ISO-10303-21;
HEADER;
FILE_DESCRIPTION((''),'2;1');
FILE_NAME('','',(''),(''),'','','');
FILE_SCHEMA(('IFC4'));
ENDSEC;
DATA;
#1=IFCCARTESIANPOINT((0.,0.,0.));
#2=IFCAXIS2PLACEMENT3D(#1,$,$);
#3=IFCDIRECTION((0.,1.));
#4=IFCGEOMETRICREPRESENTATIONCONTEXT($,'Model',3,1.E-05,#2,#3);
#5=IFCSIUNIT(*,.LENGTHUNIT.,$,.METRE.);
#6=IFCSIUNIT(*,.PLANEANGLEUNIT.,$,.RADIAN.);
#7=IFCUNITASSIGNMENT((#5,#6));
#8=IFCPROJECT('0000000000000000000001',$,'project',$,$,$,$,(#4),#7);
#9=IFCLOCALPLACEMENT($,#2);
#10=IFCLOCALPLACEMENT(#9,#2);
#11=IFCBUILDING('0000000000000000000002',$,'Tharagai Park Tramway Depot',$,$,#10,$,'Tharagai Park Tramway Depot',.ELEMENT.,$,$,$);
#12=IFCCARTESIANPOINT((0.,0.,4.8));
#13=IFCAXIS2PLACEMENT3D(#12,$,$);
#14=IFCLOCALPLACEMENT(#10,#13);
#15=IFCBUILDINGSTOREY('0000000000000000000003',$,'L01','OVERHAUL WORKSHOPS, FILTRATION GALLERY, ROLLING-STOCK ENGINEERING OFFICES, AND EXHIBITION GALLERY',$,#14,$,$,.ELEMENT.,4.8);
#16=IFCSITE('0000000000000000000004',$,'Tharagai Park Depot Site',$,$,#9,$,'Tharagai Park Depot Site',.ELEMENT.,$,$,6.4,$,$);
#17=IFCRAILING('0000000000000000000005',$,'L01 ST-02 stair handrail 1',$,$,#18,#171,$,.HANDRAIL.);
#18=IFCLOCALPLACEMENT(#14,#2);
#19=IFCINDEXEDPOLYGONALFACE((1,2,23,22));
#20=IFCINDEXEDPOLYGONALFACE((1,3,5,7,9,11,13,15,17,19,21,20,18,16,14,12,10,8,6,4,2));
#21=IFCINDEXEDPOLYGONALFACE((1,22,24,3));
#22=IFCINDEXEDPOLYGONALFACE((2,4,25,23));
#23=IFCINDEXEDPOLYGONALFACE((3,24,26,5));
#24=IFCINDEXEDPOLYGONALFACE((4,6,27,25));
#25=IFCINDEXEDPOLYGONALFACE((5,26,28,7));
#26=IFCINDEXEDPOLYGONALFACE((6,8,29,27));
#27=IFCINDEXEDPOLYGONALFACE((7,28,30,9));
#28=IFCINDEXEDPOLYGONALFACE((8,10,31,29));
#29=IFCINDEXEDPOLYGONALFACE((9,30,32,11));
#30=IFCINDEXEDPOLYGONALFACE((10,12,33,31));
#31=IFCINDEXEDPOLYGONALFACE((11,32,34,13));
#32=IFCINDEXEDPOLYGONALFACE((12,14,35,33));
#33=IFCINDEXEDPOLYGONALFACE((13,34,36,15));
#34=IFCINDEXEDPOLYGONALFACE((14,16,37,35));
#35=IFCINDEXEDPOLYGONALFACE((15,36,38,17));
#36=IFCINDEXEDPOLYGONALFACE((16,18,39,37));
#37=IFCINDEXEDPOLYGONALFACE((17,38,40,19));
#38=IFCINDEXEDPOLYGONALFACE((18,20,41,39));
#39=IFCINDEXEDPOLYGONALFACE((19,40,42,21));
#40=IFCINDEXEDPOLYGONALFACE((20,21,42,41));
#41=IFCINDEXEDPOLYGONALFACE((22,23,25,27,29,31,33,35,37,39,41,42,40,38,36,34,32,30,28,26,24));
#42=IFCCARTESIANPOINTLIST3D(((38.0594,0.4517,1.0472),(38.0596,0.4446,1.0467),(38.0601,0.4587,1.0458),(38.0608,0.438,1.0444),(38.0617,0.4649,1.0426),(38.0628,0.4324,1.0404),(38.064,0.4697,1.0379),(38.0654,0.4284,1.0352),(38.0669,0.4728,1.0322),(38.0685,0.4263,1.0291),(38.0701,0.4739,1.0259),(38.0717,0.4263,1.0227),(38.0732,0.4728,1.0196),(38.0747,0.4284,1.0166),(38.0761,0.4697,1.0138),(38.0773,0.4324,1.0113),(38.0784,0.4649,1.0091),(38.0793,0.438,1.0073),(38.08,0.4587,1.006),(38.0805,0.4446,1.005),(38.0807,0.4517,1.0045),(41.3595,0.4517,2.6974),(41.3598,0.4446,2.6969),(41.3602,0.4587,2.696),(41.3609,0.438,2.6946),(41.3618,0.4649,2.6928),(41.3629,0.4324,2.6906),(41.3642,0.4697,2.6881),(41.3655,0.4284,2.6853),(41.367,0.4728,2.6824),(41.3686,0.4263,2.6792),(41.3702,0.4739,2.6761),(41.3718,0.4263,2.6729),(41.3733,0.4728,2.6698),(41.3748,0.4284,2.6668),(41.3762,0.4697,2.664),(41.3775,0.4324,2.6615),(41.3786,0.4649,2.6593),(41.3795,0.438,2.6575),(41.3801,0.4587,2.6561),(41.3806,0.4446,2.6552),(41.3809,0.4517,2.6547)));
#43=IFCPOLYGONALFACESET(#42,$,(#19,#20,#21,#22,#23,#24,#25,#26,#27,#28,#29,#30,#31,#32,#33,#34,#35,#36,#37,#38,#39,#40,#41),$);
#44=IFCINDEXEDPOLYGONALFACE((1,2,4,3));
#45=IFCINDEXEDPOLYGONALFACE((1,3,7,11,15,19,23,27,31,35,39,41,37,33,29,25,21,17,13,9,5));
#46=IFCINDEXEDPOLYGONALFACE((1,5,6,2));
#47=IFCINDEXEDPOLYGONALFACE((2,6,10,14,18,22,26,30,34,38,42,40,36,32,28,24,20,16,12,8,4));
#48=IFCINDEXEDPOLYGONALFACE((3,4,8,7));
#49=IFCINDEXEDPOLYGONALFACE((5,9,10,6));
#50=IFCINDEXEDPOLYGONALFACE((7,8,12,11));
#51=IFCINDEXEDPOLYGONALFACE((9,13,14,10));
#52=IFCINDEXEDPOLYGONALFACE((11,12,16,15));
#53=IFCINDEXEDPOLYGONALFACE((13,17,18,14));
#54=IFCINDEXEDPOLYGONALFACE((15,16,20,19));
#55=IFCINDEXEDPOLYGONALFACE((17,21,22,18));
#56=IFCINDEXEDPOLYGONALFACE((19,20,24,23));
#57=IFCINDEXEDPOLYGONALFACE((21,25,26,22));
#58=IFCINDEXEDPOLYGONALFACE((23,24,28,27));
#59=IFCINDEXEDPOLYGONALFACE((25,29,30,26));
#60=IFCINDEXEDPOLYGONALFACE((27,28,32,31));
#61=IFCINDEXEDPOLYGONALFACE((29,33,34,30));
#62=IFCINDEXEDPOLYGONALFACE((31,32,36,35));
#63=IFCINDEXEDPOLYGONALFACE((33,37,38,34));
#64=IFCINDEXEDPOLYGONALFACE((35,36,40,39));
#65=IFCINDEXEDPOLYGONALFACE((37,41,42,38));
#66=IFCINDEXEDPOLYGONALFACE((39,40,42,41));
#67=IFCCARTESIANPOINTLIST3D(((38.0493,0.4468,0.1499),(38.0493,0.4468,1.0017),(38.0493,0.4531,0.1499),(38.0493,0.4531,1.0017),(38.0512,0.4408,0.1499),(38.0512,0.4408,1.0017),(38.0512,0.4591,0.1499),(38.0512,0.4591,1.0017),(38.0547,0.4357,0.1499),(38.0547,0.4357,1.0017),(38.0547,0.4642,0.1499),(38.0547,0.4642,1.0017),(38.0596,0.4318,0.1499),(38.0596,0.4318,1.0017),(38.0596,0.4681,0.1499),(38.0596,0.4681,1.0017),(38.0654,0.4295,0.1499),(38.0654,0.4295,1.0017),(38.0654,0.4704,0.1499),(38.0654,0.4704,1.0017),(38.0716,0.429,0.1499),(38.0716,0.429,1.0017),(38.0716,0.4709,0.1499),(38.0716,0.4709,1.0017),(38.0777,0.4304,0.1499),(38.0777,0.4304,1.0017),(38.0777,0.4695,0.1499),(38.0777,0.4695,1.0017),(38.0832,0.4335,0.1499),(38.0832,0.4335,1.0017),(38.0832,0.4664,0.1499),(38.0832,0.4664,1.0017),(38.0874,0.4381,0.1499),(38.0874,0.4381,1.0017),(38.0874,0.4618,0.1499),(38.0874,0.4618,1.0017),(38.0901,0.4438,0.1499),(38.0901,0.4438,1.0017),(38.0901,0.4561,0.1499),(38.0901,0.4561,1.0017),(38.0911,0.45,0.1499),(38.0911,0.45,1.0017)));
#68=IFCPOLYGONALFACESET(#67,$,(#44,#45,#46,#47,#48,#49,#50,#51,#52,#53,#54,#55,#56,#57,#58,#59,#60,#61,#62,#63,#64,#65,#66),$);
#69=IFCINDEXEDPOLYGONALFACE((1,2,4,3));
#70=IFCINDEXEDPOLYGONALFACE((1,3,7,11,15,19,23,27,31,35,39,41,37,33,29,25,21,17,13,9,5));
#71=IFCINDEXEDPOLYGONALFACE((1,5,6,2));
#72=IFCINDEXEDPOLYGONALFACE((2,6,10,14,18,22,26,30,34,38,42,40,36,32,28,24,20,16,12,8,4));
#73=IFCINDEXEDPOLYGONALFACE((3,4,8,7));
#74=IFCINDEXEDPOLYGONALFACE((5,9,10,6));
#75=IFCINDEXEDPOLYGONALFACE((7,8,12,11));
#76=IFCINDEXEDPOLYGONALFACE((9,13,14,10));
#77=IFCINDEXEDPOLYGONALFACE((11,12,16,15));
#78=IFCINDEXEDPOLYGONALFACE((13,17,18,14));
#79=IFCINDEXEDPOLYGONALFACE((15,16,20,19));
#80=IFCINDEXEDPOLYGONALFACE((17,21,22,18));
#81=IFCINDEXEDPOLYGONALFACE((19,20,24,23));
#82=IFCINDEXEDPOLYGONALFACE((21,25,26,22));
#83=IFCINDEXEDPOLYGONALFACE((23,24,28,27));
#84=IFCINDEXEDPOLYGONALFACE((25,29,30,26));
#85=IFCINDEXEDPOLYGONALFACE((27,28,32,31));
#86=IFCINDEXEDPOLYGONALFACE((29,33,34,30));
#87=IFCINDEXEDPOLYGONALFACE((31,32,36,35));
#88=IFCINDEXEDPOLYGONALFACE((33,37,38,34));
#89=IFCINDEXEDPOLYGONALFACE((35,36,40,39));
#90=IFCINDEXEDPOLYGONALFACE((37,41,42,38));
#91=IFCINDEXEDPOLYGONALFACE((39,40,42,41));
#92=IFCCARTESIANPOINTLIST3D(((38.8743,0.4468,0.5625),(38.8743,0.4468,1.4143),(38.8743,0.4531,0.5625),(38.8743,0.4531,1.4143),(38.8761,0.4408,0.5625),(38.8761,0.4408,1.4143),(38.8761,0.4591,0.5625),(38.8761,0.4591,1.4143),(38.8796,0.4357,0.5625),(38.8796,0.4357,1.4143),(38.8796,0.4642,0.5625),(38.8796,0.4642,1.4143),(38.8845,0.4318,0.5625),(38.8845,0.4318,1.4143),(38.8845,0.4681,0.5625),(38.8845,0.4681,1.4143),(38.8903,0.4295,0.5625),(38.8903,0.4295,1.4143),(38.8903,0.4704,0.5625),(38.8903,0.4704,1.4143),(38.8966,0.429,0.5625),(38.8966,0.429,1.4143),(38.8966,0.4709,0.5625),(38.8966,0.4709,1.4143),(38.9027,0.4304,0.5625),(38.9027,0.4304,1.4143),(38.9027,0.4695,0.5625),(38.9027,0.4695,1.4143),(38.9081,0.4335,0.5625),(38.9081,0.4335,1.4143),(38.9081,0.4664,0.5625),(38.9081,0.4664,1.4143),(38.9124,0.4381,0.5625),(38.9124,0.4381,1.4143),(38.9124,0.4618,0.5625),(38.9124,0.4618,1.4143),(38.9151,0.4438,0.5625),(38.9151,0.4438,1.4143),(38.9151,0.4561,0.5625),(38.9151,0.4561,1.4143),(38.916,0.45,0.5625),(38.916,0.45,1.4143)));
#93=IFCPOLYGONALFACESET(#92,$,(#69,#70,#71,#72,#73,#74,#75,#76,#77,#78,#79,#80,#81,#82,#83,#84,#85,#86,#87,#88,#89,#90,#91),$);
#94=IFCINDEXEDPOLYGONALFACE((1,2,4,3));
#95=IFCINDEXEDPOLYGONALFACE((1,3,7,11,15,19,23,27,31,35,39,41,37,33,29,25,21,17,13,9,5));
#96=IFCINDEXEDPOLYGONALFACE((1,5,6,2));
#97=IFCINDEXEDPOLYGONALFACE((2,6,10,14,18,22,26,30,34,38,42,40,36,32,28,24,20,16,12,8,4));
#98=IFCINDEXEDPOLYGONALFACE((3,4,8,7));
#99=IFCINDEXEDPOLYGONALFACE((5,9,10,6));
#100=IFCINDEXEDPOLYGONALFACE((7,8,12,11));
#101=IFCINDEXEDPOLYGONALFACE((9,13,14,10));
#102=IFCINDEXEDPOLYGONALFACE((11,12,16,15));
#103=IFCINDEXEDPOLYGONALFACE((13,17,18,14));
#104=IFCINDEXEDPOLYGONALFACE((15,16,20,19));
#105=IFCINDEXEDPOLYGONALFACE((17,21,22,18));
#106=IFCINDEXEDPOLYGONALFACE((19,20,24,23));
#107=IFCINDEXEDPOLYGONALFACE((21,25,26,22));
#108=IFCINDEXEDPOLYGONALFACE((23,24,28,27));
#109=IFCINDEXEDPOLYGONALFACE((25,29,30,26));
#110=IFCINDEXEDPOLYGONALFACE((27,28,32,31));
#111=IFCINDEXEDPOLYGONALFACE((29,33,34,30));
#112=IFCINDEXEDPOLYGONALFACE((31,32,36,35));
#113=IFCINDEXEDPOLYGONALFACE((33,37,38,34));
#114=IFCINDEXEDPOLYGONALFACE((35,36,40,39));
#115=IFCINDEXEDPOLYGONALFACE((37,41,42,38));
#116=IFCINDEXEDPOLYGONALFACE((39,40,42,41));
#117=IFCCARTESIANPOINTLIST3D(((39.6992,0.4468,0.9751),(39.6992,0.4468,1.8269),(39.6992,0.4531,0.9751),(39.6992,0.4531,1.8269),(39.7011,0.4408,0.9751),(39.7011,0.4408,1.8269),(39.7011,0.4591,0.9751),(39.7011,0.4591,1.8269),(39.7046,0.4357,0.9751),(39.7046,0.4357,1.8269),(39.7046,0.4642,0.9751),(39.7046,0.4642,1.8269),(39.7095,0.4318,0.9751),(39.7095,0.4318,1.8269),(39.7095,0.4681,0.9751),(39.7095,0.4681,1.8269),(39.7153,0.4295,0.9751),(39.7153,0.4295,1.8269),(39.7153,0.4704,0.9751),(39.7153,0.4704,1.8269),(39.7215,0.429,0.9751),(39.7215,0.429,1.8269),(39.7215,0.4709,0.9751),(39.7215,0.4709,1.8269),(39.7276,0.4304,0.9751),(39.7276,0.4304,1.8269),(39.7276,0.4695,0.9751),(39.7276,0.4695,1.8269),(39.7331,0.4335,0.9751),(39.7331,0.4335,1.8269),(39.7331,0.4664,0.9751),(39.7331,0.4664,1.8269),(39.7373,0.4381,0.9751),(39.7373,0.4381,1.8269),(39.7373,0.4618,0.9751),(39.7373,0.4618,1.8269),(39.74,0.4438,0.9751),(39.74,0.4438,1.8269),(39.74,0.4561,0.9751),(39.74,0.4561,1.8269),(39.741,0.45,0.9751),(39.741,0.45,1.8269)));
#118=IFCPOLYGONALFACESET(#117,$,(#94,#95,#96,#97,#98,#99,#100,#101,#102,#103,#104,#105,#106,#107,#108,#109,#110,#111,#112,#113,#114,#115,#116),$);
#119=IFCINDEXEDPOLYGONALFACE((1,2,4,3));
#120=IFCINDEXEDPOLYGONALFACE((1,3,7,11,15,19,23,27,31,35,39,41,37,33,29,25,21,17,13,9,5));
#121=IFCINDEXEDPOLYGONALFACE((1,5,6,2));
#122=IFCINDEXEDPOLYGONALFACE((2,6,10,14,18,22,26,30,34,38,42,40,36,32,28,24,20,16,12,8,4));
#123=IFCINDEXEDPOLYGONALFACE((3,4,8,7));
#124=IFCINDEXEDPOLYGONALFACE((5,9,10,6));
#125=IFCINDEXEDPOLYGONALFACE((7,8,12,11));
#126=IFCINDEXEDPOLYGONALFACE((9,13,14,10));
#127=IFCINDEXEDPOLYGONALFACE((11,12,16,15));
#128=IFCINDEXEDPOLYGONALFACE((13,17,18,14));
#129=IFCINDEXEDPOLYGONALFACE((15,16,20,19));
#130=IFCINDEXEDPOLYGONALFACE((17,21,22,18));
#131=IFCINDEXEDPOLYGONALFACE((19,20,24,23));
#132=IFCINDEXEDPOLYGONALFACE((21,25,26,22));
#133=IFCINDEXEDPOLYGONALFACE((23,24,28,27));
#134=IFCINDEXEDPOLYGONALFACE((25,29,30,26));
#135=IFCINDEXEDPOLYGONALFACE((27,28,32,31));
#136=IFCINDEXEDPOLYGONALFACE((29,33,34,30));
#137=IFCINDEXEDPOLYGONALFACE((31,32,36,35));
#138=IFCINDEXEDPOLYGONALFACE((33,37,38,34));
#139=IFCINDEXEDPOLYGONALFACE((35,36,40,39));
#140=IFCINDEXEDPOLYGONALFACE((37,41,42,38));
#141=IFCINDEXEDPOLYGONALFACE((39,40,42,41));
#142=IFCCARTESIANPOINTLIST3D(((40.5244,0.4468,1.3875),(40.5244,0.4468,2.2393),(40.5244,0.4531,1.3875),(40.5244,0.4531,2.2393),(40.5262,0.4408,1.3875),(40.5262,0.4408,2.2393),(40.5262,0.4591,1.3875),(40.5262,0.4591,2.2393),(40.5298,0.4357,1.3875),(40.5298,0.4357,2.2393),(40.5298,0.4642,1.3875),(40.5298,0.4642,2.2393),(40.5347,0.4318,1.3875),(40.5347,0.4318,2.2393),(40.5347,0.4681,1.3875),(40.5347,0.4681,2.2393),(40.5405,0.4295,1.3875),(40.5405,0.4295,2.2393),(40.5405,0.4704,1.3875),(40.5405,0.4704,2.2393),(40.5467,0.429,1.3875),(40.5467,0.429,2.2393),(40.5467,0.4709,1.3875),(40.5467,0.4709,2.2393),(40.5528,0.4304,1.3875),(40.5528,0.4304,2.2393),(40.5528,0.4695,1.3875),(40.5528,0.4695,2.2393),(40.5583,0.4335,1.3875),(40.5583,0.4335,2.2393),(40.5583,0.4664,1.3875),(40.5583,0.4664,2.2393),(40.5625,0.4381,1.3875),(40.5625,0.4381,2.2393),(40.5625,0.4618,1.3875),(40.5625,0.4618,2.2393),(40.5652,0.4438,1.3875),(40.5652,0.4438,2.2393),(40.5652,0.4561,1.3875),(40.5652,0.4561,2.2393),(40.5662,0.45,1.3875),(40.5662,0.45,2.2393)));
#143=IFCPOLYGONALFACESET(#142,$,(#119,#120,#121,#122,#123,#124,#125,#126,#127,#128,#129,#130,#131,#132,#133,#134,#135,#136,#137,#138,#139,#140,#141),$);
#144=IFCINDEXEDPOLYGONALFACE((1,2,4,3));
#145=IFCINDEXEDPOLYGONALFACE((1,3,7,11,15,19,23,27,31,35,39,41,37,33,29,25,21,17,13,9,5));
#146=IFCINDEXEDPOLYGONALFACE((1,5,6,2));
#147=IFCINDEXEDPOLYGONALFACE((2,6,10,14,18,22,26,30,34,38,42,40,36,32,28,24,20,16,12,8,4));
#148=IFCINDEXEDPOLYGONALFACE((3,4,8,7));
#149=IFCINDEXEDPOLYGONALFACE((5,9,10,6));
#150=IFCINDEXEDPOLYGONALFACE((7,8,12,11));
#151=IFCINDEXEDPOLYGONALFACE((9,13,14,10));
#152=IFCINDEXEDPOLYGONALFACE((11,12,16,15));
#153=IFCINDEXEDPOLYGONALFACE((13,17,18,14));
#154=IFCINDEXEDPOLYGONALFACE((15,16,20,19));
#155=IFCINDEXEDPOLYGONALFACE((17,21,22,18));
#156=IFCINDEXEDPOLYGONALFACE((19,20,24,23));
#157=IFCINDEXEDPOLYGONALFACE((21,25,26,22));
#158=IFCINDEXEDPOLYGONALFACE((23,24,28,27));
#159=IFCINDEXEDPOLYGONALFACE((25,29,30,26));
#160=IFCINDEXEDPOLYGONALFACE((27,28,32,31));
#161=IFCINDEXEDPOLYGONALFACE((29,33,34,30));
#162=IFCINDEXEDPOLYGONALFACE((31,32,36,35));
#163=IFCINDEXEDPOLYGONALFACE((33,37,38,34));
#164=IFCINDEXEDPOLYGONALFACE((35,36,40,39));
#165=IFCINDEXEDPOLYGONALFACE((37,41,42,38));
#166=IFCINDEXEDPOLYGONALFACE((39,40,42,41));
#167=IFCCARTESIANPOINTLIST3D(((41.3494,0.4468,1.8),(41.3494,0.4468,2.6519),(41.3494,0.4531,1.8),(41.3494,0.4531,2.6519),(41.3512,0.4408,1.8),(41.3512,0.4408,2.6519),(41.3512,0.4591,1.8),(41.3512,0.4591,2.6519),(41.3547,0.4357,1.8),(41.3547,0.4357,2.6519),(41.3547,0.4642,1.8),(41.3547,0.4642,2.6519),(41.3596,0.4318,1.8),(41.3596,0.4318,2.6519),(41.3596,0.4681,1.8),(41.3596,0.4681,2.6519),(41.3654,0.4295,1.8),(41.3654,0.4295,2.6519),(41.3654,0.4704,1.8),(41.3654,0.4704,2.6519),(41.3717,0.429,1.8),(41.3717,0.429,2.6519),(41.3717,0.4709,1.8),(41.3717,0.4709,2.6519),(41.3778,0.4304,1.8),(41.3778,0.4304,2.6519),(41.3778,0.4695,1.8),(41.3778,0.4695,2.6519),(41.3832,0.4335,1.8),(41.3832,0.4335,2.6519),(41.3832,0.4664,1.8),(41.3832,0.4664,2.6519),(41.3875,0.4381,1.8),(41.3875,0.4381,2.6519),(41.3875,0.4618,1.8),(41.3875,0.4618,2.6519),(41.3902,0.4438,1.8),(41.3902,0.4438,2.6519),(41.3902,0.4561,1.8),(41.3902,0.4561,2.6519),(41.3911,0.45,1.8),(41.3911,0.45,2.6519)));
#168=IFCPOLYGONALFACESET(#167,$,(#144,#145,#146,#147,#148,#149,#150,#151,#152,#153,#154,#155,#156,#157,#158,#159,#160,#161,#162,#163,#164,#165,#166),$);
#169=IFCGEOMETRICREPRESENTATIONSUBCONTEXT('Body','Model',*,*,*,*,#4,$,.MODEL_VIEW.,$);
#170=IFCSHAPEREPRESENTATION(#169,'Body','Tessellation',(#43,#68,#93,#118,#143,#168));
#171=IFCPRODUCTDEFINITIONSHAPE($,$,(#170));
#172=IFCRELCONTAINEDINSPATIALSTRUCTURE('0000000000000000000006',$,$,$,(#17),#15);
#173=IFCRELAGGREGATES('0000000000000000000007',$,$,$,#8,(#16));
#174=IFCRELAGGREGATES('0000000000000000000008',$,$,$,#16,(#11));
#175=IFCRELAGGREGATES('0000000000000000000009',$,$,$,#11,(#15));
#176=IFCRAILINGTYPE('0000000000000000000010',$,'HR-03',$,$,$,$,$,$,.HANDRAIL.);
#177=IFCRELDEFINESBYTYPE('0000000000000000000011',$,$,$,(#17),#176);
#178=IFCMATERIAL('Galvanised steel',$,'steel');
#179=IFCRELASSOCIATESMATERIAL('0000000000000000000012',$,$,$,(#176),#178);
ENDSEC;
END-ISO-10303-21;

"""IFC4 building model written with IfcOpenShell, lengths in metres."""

from ifc_helpers import new_model, si_unit, direction, frame, origin, origin_2d, place, context, subcontext, project, spatial, circle, extrude, material, type_object, element, save


model = new_model("IFC4")

# Units and contexts
model_context = context("Model", 3, precision=1e-05, world=origin(), true_north=direction((0.0, 1.0)))
body_context = subcontext(model_context, "Body", "Model", "MODEL_VIEW")
ifc_project = project(units=[si_unit("LENGTHUNIT", "METRE"), si_unit("PLANEANGLEUNIT", "RADIAN")], contexts=[model_context])

# Site, building, storey
site_placement = place(None, origin())
site = spatial("IfcSite", under=ifc_project, at=site_placement, Name="Tharagai Park Depot Site", LongName="Tharagai Park Depot Site", CompositionType="ELEMENT", RefElevation=6.4)
building_placement = place(site_placement, origin())
building = spatial("IfcBuilding", under=site, at=building_placement, Name="Tharagai Park Tramway Depot", LongName="Tharagai Park Tramway Depot", CompositionType="ELEMENT")
storey_placement = place(building_placement, frame((0.0, 0.0, 4.8)))
storey = spatial("IfcBuildingStorey", under=building, at=storey_placement, Name="L01", Description="OVERHAUL WORKSHOPS, FILTRATION GALLERY, ROLLING-STOCK ENGINEERING OFFICES, AND EXHIBITION GALLERY", CompositionType="ELEMENT", Elevation=4.8)

# Railing
ifc_material_1 = material(Name="Galvanised steel", Category="steel")
railing_type_1 = type_object("IfcRailingType", Name="HR-03", PredefinedType="HANDRAIL", material=ifc_material_1)
railing_1_placement = place(storey_placement, frame((38.0701, 0.45, 0.1499)))
element("IfcRailing", 1, at=railing_1_placement, inside=storey, type_object=railing_type_1, Name="L01 ST-02 stair handrail 1", PredefinedType="HANDRAIL", context=body_context, shape_type="SweptSolid", body=[
    extrude(circle(Radius=0.0239, at=origin_2d()), frame((0.0, 0.0, 0.876), z_axis=(0.894414, 0.0, 0.44724), x_axis=(0.0, 1.0, 0.0)), (0.0, 0.0, 1.0), 3.6897),
    extrude(circle(Radius=0.021, at=origin_2d()), origin(), (0.0, 0.0, 1.0), 0.8518),
    extrude(circle(Radius=0.021, at=origin_2d()), frame((0.825, 0.0, 0.4126)), (0.0, 0.0, 1.0), 0.8518),
    extrude(circle(Radius=0.021, at=origin_2d()), frame((1.6499, 0.0, 0.8252)), (0.0, 0.0, 1.0), 0.8518),
    extrude(circle(Radius=0.021, at=origin_2d()), frame((2.4751, 0.0, 1.2375)), (0.0, 0.0, 1.0), 0.8518),
    extrude(circle(Radius=0.021, at=origin_2d()), frame((3.3, 0.0, 1.6501)), (0.0, 0.0, 1.0), 0.8518),
])

save(model, "model.ifc")
